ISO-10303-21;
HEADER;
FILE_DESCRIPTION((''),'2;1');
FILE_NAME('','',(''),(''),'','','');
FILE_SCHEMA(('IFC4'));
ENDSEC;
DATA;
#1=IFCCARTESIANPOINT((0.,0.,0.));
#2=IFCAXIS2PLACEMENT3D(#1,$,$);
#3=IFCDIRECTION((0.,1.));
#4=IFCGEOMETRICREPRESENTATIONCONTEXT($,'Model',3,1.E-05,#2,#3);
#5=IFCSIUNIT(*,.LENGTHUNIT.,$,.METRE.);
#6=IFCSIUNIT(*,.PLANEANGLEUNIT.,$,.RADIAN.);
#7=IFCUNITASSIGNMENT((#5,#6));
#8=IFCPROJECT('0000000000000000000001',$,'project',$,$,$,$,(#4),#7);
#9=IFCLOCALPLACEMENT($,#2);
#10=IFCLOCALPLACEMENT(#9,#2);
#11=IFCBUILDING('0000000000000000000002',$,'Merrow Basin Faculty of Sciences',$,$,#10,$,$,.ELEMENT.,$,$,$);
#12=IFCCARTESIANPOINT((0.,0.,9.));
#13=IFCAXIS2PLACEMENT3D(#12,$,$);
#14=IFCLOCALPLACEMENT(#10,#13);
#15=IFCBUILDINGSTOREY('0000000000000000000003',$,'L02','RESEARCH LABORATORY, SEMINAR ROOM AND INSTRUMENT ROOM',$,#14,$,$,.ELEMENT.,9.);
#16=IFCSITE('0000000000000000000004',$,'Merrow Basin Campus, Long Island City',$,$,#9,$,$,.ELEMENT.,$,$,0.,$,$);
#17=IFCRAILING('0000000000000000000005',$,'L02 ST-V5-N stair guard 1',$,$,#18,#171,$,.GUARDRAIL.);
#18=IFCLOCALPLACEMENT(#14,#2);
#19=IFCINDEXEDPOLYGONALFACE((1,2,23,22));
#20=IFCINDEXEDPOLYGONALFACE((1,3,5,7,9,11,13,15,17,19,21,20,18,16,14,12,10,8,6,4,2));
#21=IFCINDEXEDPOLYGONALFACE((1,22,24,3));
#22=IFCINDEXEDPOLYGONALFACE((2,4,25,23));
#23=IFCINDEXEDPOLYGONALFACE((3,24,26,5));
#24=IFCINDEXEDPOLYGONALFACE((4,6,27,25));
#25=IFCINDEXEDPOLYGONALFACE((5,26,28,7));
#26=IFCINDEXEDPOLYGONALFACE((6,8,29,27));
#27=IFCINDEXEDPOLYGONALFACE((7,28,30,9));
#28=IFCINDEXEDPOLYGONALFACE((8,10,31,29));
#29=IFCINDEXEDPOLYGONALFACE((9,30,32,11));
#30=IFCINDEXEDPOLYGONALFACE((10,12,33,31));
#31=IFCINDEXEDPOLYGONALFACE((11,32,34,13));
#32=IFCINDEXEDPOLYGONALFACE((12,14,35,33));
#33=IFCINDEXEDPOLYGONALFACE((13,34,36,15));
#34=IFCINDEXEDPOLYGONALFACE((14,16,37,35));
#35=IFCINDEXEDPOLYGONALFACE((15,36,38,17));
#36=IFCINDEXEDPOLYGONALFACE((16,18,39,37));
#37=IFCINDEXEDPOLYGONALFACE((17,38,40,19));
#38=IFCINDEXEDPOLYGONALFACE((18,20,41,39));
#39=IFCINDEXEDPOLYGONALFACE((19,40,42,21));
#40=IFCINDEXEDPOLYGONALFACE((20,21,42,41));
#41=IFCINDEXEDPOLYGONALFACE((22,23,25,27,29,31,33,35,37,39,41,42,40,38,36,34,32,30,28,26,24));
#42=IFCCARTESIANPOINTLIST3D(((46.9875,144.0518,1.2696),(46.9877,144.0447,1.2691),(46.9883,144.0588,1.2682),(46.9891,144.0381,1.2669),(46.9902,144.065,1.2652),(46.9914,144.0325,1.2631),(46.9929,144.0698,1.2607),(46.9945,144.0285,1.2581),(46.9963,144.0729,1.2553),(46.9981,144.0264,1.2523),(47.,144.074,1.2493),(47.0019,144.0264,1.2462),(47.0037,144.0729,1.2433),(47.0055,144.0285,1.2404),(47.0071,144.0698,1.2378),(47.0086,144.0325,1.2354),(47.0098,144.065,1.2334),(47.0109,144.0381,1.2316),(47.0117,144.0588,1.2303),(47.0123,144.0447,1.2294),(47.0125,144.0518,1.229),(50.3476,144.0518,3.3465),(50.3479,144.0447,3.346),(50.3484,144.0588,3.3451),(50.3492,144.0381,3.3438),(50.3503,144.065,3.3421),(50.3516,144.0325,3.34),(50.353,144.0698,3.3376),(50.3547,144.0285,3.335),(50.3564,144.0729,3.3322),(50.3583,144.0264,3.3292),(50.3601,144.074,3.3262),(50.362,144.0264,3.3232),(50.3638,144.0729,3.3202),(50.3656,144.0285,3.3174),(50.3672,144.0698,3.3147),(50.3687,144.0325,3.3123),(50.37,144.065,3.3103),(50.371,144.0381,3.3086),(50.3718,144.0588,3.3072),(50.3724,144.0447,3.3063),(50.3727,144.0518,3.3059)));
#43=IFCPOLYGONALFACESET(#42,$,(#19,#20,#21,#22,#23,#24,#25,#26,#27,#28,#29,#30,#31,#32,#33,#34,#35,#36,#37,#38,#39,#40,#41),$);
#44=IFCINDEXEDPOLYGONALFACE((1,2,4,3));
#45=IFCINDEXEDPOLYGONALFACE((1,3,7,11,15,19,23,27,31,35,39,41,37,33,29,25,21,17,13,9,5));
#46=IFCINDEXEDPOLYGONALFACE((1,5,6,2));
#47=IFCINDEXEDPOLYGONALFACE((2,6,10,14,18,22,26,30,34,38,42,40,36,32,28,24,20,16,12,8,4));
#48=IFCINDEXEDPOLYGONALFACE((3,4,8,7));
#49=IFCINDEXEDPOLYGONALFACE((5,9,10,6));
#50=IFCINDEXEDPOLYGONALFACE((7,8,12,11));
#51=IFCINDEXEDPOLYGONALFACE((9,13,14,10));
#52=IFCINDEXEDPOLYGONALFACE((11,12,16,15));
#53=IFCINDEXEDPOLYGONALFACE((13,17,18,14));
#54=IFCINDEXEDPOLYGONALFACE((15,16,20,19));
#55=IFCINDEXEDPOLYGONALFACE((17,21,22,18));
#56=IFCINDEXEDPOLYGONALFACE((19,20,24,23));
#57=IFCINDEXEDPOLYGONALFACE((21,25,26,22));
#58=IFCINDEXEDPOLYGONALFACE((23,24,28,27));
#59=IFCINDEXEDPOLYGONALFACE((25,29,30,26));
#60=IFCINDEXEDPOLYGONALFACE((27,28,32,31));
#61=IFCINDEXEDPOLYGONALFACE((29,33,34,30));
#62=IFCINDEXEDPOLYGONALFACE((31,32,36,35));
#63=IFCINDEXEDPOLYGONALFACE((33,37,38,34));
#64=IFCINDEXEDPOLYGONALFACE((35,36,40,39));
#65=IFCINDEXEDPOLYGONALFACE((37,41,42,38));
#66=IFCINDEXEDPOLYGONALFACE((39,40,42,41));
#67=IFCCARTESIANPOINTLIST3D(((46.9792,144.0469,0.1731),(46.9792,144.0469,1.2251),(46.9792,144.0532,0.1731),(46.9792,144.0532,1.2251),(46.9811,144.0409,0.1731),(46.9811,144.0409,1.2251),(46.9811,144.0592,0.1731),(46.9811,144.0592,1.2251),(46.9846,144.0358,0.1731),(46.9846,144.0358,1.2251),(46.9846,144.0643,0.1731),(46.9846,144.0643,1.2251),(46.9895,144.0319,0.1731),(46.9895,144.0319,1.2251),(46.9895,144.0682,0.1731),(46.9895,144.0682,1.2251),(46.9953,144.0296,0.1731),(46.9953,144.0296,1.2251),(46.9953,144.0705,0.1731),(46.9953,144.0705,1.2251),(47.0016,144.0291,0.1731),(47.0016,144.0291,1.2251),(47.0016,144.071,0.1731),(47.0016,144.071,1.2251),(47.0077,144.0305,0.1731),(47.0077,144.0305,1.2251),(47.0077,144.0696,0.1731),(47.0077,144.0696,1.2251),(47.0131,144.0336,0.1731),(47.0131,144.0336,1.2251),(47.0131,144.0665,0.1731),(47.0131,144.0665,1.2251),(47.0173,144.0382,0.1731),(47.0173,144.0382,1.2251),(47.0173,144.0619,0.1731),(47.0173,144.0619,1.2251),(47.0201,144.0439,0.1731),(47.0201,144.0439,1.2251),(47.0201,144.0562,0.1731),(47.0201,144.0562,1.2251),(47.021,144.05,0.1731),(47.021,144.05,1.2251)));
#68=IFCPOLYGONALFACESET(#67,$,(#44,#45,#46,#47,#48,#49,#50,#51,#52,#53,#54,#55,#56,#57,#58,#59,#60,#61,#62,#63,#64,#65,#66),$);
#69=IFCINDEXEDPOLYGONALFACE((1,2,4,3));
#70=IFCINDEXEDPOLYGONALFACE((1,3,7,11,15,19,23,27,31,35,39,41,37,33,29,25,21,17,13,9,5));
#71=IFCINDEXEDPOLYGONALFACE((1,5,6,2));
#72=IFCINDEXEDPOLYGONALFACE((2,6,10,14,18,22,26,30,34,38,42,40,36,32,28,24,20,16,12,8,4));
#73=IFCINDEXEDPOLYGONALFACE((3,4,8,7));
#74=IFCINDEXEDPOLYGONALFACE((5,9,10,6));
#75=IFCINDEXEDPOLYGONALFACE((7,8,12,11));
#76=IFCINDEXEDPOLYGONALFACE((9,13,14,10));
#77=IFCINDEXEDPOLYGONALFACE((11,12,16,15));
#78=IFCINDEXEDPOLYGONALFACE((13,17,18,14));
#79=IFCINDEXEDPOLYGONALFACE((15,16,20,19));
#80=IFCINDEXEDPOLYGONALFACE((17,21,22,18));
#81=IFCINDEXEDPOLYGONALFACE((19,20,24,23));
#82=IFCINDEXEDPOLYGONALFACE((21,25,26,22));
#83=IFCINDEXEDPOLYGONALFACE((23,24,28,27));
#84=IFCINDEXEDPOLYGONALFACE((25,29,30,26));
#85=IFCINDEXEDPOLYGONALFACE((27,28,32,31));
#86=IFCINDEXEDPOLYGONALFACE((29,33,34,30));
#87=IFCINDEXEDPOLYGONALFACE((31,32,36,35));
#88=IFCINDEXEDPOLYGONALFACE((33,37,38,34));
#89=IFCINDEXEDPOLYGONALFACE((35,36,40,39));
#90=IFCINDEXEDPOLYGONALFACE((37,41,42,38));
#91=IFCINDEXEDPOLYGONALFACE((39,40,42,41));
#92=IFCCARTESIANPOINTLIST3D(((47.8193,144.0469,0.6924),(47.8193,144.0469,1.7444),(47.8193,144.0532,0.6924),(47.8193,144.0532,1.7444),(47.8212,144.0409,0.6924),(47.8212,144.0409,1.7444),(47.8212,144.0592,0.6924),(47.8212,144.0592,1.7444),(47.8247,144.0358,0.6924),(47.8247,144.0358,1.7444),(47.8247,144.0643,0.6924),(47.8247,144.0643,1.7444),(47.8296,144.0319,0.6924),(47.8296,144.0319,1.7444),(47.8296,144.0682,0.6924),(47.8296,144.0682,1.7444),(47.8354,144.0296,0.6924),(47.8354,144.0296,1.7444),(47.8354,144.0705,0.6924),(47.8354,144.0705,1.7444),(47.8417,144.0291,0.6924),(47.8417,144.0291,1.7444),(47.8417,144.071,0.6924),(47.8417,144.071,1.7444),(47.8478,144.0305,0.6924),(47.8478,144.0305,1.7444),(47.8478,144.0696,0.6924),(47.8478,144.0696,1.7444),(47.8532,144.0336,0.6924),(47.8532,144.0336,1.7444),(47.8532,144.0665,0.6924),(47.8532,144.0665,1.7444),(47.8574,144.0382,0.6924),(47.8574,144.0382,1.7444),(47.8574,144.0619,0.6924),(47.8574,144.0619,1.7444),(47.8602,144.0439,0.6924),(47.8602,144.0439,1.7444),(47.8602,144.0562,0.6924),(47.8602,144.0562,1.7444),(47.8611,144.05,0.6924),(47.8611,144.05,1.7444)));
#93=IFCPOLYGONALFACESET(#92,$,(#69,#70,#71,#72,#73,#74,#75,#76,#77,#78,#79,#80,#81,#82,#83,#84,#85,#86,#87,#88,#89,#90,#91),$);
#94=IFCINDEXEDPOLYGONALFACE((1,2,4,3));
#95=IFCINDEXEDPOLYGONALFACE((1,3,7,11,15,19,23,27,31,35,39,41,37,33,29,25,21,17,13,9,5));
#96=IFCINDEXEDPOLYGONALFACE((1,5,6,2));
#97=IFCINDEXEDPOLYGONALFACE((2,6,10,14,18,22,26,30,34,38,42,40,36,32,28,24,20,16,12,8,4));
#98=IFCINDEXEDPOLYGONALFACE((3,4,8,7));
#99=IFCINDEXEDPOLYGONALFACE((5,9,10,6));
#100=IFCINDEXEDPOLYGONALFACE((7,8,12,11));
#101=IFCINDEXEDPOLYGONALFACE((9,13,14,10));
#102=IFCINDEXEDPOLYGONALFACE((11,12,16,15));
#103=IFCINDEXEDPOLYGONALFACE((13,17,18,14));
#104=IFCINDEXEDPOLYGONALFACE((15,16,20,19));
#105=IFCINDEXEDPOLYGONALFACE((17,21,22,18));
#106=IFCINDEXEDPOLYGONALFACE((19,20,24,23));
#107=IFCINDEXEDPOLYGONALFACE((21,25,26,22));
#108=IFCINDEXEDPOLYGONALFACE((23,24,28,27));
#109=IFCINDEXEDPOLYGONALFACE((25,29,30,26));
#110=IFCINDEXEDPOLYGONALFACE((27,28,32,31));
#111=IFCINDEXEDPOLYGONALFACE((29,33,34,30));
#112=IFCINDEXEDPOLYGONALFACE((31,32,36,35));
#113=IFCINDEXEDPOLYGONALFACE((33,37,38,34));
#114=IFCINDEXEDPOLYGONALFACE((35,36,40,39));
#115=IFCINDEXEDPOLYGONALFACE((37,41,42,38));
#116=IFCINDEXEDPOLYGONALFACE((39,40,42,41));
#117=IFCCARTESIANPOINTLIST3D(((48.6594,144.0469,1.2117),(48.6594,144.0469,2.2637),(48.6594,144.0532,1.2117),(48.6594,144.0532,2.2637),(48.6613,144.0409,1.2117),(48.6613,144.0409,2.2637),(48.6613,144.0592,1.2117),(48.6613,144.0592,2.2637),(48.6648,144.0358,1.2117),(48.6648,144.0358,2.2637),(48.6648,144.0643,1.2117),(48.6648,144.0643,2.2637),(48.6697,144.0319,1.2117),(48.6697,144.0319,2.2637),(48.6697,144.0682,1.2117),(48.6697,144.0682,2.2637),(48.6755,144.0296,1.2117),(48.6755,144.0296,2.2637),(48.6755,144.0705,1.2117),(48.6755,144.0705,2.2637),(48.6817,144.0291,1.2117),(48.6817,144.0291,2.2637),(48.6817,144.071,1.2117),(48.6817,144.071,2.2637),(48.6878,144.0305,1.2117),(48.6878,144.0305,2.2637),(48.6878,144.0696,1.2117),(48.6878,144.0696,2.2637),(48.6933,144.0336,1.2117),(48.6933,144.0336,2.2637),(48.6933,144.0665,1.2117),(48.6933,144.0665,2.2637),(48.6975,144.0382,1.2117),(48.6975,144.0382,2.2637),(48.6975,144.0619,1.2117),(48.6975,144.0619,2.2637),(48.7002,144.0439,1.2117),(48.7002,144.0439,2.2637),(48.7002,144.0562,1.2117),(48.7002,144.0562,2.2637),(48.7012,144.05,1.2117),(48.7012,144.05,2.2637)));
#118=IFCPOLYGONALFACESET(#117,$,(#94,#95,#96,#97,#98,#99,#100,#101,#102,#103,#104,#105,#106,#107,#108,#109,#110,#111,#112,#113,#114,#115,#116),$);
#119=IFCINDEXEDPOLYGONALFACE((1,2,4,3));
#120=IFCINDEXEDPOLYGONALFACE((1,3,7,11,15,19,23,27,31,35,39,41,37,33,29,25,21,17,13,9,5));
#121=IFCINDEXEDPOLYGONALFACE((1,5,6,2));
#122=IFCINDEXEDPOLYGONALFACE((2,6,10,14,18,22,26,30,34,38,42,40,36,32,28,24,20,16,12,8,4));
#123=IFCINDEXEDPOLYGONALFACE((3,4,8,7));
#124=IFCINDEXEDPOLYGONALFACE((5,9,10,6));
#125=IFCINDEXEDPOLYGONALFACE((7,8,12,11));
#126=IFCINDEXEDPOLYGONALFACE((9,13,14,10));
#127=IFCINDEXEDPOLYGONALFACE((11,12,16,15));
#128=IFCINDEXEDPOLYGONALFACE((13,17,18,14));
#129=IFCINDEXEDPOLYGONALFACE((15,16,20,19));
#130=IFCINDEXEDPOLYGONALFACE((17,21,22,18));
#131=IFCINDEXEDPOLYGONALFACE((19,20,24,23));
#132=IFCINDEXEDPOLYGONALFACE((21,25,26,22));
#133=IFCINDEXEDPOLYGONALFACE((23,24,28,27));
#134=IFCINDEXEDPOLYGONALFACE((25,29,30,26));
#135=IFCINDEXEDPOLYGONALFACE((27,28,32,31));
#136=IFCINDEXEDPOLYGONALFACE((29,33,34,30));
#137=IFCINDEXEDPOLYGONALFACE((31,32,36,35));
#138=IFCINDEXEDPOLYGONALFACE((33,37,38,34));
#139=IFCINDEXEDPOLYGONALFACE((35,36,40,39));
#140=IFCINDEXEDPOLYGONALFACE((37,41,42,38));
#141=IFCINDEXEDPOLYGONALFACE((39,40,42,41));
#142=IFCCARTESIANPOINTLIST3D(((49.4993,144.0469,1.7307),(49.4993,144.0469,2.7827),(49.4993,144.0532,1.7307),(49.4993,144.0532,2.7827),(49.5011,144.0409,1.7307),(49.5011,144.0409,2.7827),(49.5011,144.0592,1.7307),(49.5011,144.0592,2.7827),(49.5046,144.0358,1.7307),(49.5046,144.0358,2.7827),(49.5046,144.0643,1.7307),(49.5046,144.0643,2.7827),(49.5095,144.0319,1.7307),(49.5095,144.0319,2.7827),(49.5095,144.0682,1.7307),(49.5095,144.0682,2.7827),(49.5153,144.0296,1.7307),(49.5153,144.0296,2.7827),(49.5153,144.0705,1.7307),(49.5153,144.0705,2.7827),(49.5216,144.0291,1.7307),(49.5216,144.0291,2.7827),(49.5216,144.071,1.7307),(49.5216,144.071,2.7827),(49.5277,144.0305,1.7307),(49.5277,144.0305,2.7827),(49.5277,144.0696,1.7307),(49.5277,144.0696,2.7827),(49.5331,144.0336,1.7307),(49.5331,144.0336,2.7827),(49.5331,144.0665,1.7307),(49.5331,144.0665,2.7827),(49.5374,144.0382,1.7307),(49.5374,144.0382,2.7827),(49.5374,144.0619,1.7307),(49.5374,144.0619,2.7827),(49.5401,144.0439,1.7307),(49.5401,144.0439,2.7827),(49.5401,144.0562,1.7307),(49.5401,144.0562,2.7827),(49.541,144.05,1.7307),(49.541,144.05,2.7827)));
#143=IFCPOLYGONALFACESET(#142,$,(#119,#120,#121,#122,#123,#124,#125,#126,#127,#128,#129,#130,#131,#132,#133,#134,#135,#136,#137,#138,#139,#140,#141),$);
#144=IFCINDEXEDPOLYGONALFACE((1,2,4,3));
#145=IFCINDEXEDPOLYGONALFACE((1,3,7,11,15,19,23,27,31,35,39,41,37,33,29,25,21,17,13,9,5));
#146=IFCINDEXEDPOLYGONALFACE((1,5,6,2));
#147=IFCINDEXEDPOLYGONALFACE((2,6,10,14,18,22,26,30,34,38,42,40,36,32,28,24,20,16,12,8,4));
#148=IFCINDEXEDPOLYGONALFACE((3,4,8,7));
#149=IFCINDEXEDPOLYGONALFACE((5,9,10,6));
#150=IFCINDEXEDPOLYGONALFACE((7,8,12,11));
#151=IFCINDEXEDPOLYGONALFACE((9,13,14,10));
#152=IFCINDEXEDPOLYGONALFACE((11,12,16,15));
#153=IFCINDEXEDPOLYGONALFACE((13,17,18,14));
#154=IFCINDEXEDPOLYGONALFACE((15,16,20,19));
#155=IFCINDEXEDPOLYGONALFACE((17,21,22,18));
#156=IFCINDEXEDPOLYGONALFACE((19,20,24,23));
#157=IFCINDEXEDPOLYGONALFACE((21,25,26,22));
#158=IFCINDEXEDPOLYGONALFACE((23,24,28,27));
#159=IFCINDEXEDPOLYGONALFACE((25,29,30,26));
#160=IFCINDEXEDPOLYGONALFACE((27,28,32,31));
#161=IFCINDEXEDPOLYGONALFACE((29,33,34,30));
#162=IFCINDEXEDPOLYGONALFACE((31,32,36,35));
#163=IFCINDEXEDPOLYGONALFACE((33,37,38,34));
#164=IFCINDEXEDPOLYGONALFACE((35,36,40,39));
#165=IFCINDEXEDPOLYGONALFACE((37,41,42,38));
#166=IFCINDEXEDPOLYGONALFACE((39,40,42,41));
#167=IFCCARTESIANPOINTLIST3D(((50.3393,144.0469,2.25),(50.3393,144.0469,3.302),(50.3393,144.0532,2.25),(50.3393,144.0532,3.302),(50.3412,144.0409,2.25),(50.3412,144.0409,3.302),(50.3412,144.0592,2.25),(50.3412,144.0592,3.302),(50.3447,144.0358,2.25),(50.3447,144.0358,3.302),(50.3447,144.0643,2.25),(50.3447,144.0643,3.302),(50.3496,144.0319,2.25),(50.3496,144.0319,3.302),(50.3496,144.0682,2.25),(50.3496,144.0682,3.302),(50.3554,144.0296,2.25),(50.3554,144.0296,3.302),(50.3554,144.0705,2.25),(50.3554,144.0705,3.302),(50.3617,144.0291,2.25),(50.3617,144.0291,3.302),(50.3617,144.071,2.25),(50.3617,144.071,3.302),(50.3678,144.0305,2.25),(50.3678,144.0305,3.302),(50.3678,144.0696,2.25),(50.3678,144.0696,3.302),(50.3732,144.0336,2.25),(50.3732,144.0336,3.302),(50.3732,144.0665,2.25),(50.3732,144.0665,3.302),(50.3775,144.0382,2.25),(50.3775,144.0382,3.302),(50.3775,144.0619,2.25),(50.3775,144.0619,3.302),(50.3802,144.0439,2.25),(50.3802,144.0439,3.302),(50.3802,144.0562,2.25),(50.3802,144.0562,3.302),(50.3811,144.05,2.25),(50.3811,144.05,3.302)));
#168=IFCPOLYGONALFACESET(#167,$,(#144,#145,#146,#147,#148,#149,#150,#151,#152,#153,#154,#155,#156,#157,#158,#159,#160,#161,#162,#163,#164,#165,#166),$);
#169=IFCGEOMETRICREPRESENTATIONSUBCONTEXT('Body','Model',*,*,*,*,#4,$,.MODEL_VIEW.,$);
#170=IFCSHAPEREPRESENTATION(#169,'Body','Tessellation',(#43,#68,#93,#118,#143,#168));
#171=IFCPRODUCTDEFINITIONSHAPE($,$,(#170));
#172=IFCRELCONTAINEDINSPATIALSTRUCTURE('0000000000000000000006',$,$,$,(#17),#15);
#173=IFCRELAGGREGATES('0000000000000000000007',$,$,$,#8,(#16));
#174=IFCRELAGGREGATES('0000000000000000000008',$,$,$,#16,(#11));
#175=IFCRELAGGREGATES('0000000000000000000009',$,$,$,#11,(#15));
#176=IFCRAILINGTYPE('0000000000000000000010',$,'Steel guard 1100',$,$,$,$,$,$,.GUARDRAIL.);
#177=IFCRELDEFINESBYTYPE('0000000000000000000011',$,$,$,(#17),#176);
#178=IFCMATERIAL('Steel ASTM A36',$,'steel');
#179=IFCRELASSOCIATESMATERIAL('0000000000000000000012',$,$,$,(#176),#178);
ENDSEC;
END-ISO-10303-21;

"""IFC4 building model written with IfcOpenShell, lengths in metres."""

from ifc_helpers import new_model, si_unit, direction, frame, origin, origin_2d, place, context, subcontext, project, spatial, circle, extrude, material, type_object, element, save


model = new_model("IFC4")

# Units and contexts
model_context = context("Model", 3, precision=1e-05, world=origin(), true_north=direction((0.0, 1.0)))
body_context = subcontext(model_context, "Body", "Model", "MODEL_VIEW")
ifc_project = project(units=[si_unit("LENGTHUNIT", "METRE"), si_unit("PLANEANGLEUNIT", "RADIAN")], contexts=[model_context])

# Site, building, storey
site_placement = place(None, origin())
site = spatial("IfcSite", under=ifc_project, at=site_placement, Name="Merrow Basin Campus, Long Island City", CompositionType="ELEMENT", RefElevation=0.0)
building_placement = place(site_placement, origin())
building = spatial("IfcBuilding", under=site, at=building_placement, Name="Merrow Basin Faculty of Sciences", CompositionType="ELEMENT")
storey_placement = place(building_placement, frame((0.0, 0.0, 9.0)))
storey = spatial("IfcBuildingStorey", under=building, at=storey_placement, Name="L02", Description="RESEARCH LABORATORY, SEMINAR ROOM AND INSTRUMENT ROOM", CompositionType="ELEMENT", Elevation=9.0)

# Railing
ifc_material_1 = material(Name="Steel ASTM A36", Category="steel")
railing_type_1 = type_object("IfcRailingType", Name="Steel guard 1100", PredefinedType="GUARDRAIL", material=ifc_material_1)
railing_1_placement = place(storey_placement, frame((47.0, 144.05, 0.1731)))
element("IfcRailing", 1, at=railing_1_placement, inside=storey, type_object=railing_type_1, Name="L02 ST-V5-N stair guard 1", PredefinedType="GUARDRAIL", context=body_context, shape_type="SweptSolid", body=[
    extrude(circle(Radius=0.0239, at=origin_2d()), frame((0.0, 0.0, 1.0762), z_axis=(0.850623, 0.0, 0.525776), x_axis=(0.0, 1.0, 0.0)), (0.0, 0.0, 1.0), 3.9502),
    extrude(circle(Radius=0.021, at=origin_2d()), origin(), (0.0, 0.0, 1.0), 1.052),
    extrude(circle(Radius=0.021, at=origin_2d()), frame((0.8401, 0.0, 0.5193)), (0.0, 0.0, 1.0), 1.052),
    extrude(circle(Radius=0.021, at=origin_2d()), frame((1.6802, 0.0, 1.0386)), (0.0, 0.0, 1.0), 1.052),
    extrude(circle(Radius=0.021, at=origin_2d()), frame((2.52, 0.0, 1.5576)), (0.0, 0.0, 1.0), 1.052),
    extrude(circle(Radius=0.021, at=origin_2d()), frame((3.3601, 0.0, 2.0769)), (0.0, 0.0, 1.0), 1.052),
])

save(model, "model.ifc")
